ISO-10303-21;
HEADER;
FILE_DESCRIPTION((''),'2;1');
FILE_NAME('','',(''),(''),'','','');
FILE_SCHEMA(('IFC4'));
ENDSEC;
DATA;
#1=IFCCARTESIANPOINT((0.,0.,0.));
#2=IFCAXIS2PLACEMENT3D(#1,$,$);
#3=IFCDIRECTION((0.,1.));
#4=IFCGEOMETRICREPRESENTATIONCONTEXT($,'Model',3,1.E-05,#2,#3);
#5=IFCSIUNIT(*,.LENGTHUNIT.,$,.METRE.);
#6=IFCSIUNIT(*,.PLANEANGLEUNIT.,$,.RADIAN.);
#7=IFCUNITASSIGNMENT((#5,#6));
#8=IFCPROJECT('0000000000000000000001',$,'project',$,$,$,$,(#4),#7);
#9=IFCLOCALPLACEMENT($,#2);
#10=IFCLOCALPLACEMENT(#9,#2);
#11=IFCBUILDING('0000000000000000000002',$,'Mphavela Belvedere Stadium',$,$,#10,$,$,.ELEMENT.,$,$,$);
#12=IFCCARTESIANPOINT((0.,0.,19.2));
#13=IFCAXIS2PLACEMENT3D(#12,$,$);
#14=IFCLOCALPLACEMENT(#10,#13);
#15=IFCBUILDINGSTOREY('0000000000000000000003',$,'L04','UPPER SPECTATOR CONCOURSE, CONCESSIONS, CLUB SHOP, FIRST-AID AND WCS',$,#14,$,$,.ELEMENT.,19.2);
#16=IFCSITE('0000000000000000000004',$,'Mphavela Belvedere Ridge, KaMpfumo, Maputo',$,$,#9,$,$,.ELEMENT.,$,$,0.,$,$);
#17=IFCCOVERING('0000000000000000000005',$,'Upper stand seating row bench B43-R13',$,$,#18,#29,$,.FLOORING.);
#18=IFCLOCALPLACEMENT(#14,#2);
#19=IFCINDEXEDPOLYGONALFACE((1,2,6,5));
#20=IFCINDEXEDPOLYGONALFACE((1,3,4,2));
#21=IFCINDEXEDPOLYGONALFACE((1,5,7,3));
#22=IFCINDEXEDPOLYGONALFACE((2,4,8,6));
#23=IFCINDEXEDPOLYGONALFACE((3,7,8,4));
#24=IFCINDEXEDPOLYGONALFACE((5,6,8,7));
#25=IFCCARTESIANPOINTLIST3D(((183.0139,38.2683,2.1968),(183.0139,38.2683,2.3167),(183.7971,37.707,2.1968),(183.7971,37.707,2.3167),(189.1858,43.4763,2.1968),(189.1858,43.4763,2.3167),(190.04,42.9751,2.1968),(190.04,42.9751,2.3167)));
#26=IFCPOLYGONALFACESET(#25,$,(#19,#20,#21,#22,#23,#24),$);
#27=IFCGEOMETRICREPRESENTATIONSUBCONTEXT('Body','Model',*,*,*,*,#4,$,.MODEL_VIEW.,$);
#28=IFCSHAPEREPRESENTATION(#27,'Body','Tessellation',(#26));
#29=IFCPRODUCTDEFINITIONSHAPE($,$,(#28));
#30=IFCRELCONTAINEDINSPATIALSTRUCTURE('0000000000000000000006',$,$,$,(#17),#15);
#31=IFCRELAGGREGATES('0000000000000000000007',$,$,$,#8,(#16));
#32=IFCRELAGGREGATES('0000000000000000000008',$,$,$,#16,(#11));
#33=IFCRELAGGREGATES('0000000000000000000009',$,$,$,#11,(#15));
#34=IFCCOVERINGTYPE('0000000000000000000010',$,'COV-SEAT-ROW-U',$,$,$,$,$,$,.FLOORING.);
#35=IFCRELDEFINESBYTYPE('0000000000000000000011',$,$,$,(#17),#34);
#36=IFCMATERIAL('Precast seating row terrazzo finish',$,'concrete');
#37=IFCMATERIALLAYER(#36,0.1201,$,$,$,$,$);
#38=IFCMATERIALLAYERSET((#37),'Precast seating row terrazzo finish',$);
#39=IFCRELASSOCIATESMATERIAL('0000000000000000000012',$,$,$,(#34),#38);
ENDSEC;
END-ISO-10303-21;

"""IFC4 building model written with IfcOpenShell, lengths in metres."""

from ifc_helpers import new_model, si_unit, direction, frame, origin, place, context, subcontext, project, spatial, polyline, outline, extrude, material, layer, layer_set, type_object, element, save


model = new_model("IFC4")

# Units and contexts
model_context = context("Model", 3, precision=1e-05, world=origin(), true_north=direction((0.0, 1.0)))
body_context = subcontext(model_context, "Body", "Model", "MODEL_VIEW")
ifc_project = project(units=[si_unit("LENGTHUNIT", "METRE"), si_unit("PLANEANGLEUNIT", "RADIAN")], contexts=[model_context])

# Site, building, storey
site_placement = place(None, origin())
site = spatial("IfcSite", under=ifc_project, at=site_placement, Name="Mphavela Belvedere Ridge, KaMpfumo, Maputo", CompositionType="ELEMENT", RefElevation=0.0)
building_placement = place(site_placement, origin())
building = spatial("IfcBuilding", under=site, at=building_placement, Name="Mphavela Belvedere Stadium", CompositionType="ELEMENT")
storey_placement = place(building_placement, frame((0.0, 0.0, 19.2)))
storey = spatial("IfcBuildingStorey", under=building, at=storey_placement, Name="L04", Description="UPPER SPECTATOR CONCOURSE, CONCESSIONS, CLUB SHOP, FIRST-AID AND WCS", CompositionType="ELEMENT", Elevation=19.2)

# Covering
ifc_material = material(Name="Precast seating row terrazzo finish", Category="concrete")
ifc_layer = layer(ifc_material, 0.1201)
ifc_layer_set = layer_set([ifc_layer], Name="Precast seating row terrazzo finish")
covering_type = type_object("IfcCoveringType", Name="COV-SEAT-ROW-U", PredefinedType="FLOORING", material=ifc_layer_set)
covering_1_placement = place(storey_placement, frame((0.0, 0.0, 2.1968)))
element("IfcCovering", 1, at=covering_1_placement, inside=storey, type_object=covering_type, Name="Upper stand seating row bench B43-R13", PredefinedType="FLOORING", context=body_context, shape_type="SweptSolid", body=[
    extrude(outline(polyline([(183.0139, 38.2683), (189.1858, 43.4763), (190.04, 42.9751), (183.7971, 37.707), (183.0139, 38.2683)])), origin(), (0.0, 0.0, 1.0), 0.1199),
])

save(model, "model.ifc")
